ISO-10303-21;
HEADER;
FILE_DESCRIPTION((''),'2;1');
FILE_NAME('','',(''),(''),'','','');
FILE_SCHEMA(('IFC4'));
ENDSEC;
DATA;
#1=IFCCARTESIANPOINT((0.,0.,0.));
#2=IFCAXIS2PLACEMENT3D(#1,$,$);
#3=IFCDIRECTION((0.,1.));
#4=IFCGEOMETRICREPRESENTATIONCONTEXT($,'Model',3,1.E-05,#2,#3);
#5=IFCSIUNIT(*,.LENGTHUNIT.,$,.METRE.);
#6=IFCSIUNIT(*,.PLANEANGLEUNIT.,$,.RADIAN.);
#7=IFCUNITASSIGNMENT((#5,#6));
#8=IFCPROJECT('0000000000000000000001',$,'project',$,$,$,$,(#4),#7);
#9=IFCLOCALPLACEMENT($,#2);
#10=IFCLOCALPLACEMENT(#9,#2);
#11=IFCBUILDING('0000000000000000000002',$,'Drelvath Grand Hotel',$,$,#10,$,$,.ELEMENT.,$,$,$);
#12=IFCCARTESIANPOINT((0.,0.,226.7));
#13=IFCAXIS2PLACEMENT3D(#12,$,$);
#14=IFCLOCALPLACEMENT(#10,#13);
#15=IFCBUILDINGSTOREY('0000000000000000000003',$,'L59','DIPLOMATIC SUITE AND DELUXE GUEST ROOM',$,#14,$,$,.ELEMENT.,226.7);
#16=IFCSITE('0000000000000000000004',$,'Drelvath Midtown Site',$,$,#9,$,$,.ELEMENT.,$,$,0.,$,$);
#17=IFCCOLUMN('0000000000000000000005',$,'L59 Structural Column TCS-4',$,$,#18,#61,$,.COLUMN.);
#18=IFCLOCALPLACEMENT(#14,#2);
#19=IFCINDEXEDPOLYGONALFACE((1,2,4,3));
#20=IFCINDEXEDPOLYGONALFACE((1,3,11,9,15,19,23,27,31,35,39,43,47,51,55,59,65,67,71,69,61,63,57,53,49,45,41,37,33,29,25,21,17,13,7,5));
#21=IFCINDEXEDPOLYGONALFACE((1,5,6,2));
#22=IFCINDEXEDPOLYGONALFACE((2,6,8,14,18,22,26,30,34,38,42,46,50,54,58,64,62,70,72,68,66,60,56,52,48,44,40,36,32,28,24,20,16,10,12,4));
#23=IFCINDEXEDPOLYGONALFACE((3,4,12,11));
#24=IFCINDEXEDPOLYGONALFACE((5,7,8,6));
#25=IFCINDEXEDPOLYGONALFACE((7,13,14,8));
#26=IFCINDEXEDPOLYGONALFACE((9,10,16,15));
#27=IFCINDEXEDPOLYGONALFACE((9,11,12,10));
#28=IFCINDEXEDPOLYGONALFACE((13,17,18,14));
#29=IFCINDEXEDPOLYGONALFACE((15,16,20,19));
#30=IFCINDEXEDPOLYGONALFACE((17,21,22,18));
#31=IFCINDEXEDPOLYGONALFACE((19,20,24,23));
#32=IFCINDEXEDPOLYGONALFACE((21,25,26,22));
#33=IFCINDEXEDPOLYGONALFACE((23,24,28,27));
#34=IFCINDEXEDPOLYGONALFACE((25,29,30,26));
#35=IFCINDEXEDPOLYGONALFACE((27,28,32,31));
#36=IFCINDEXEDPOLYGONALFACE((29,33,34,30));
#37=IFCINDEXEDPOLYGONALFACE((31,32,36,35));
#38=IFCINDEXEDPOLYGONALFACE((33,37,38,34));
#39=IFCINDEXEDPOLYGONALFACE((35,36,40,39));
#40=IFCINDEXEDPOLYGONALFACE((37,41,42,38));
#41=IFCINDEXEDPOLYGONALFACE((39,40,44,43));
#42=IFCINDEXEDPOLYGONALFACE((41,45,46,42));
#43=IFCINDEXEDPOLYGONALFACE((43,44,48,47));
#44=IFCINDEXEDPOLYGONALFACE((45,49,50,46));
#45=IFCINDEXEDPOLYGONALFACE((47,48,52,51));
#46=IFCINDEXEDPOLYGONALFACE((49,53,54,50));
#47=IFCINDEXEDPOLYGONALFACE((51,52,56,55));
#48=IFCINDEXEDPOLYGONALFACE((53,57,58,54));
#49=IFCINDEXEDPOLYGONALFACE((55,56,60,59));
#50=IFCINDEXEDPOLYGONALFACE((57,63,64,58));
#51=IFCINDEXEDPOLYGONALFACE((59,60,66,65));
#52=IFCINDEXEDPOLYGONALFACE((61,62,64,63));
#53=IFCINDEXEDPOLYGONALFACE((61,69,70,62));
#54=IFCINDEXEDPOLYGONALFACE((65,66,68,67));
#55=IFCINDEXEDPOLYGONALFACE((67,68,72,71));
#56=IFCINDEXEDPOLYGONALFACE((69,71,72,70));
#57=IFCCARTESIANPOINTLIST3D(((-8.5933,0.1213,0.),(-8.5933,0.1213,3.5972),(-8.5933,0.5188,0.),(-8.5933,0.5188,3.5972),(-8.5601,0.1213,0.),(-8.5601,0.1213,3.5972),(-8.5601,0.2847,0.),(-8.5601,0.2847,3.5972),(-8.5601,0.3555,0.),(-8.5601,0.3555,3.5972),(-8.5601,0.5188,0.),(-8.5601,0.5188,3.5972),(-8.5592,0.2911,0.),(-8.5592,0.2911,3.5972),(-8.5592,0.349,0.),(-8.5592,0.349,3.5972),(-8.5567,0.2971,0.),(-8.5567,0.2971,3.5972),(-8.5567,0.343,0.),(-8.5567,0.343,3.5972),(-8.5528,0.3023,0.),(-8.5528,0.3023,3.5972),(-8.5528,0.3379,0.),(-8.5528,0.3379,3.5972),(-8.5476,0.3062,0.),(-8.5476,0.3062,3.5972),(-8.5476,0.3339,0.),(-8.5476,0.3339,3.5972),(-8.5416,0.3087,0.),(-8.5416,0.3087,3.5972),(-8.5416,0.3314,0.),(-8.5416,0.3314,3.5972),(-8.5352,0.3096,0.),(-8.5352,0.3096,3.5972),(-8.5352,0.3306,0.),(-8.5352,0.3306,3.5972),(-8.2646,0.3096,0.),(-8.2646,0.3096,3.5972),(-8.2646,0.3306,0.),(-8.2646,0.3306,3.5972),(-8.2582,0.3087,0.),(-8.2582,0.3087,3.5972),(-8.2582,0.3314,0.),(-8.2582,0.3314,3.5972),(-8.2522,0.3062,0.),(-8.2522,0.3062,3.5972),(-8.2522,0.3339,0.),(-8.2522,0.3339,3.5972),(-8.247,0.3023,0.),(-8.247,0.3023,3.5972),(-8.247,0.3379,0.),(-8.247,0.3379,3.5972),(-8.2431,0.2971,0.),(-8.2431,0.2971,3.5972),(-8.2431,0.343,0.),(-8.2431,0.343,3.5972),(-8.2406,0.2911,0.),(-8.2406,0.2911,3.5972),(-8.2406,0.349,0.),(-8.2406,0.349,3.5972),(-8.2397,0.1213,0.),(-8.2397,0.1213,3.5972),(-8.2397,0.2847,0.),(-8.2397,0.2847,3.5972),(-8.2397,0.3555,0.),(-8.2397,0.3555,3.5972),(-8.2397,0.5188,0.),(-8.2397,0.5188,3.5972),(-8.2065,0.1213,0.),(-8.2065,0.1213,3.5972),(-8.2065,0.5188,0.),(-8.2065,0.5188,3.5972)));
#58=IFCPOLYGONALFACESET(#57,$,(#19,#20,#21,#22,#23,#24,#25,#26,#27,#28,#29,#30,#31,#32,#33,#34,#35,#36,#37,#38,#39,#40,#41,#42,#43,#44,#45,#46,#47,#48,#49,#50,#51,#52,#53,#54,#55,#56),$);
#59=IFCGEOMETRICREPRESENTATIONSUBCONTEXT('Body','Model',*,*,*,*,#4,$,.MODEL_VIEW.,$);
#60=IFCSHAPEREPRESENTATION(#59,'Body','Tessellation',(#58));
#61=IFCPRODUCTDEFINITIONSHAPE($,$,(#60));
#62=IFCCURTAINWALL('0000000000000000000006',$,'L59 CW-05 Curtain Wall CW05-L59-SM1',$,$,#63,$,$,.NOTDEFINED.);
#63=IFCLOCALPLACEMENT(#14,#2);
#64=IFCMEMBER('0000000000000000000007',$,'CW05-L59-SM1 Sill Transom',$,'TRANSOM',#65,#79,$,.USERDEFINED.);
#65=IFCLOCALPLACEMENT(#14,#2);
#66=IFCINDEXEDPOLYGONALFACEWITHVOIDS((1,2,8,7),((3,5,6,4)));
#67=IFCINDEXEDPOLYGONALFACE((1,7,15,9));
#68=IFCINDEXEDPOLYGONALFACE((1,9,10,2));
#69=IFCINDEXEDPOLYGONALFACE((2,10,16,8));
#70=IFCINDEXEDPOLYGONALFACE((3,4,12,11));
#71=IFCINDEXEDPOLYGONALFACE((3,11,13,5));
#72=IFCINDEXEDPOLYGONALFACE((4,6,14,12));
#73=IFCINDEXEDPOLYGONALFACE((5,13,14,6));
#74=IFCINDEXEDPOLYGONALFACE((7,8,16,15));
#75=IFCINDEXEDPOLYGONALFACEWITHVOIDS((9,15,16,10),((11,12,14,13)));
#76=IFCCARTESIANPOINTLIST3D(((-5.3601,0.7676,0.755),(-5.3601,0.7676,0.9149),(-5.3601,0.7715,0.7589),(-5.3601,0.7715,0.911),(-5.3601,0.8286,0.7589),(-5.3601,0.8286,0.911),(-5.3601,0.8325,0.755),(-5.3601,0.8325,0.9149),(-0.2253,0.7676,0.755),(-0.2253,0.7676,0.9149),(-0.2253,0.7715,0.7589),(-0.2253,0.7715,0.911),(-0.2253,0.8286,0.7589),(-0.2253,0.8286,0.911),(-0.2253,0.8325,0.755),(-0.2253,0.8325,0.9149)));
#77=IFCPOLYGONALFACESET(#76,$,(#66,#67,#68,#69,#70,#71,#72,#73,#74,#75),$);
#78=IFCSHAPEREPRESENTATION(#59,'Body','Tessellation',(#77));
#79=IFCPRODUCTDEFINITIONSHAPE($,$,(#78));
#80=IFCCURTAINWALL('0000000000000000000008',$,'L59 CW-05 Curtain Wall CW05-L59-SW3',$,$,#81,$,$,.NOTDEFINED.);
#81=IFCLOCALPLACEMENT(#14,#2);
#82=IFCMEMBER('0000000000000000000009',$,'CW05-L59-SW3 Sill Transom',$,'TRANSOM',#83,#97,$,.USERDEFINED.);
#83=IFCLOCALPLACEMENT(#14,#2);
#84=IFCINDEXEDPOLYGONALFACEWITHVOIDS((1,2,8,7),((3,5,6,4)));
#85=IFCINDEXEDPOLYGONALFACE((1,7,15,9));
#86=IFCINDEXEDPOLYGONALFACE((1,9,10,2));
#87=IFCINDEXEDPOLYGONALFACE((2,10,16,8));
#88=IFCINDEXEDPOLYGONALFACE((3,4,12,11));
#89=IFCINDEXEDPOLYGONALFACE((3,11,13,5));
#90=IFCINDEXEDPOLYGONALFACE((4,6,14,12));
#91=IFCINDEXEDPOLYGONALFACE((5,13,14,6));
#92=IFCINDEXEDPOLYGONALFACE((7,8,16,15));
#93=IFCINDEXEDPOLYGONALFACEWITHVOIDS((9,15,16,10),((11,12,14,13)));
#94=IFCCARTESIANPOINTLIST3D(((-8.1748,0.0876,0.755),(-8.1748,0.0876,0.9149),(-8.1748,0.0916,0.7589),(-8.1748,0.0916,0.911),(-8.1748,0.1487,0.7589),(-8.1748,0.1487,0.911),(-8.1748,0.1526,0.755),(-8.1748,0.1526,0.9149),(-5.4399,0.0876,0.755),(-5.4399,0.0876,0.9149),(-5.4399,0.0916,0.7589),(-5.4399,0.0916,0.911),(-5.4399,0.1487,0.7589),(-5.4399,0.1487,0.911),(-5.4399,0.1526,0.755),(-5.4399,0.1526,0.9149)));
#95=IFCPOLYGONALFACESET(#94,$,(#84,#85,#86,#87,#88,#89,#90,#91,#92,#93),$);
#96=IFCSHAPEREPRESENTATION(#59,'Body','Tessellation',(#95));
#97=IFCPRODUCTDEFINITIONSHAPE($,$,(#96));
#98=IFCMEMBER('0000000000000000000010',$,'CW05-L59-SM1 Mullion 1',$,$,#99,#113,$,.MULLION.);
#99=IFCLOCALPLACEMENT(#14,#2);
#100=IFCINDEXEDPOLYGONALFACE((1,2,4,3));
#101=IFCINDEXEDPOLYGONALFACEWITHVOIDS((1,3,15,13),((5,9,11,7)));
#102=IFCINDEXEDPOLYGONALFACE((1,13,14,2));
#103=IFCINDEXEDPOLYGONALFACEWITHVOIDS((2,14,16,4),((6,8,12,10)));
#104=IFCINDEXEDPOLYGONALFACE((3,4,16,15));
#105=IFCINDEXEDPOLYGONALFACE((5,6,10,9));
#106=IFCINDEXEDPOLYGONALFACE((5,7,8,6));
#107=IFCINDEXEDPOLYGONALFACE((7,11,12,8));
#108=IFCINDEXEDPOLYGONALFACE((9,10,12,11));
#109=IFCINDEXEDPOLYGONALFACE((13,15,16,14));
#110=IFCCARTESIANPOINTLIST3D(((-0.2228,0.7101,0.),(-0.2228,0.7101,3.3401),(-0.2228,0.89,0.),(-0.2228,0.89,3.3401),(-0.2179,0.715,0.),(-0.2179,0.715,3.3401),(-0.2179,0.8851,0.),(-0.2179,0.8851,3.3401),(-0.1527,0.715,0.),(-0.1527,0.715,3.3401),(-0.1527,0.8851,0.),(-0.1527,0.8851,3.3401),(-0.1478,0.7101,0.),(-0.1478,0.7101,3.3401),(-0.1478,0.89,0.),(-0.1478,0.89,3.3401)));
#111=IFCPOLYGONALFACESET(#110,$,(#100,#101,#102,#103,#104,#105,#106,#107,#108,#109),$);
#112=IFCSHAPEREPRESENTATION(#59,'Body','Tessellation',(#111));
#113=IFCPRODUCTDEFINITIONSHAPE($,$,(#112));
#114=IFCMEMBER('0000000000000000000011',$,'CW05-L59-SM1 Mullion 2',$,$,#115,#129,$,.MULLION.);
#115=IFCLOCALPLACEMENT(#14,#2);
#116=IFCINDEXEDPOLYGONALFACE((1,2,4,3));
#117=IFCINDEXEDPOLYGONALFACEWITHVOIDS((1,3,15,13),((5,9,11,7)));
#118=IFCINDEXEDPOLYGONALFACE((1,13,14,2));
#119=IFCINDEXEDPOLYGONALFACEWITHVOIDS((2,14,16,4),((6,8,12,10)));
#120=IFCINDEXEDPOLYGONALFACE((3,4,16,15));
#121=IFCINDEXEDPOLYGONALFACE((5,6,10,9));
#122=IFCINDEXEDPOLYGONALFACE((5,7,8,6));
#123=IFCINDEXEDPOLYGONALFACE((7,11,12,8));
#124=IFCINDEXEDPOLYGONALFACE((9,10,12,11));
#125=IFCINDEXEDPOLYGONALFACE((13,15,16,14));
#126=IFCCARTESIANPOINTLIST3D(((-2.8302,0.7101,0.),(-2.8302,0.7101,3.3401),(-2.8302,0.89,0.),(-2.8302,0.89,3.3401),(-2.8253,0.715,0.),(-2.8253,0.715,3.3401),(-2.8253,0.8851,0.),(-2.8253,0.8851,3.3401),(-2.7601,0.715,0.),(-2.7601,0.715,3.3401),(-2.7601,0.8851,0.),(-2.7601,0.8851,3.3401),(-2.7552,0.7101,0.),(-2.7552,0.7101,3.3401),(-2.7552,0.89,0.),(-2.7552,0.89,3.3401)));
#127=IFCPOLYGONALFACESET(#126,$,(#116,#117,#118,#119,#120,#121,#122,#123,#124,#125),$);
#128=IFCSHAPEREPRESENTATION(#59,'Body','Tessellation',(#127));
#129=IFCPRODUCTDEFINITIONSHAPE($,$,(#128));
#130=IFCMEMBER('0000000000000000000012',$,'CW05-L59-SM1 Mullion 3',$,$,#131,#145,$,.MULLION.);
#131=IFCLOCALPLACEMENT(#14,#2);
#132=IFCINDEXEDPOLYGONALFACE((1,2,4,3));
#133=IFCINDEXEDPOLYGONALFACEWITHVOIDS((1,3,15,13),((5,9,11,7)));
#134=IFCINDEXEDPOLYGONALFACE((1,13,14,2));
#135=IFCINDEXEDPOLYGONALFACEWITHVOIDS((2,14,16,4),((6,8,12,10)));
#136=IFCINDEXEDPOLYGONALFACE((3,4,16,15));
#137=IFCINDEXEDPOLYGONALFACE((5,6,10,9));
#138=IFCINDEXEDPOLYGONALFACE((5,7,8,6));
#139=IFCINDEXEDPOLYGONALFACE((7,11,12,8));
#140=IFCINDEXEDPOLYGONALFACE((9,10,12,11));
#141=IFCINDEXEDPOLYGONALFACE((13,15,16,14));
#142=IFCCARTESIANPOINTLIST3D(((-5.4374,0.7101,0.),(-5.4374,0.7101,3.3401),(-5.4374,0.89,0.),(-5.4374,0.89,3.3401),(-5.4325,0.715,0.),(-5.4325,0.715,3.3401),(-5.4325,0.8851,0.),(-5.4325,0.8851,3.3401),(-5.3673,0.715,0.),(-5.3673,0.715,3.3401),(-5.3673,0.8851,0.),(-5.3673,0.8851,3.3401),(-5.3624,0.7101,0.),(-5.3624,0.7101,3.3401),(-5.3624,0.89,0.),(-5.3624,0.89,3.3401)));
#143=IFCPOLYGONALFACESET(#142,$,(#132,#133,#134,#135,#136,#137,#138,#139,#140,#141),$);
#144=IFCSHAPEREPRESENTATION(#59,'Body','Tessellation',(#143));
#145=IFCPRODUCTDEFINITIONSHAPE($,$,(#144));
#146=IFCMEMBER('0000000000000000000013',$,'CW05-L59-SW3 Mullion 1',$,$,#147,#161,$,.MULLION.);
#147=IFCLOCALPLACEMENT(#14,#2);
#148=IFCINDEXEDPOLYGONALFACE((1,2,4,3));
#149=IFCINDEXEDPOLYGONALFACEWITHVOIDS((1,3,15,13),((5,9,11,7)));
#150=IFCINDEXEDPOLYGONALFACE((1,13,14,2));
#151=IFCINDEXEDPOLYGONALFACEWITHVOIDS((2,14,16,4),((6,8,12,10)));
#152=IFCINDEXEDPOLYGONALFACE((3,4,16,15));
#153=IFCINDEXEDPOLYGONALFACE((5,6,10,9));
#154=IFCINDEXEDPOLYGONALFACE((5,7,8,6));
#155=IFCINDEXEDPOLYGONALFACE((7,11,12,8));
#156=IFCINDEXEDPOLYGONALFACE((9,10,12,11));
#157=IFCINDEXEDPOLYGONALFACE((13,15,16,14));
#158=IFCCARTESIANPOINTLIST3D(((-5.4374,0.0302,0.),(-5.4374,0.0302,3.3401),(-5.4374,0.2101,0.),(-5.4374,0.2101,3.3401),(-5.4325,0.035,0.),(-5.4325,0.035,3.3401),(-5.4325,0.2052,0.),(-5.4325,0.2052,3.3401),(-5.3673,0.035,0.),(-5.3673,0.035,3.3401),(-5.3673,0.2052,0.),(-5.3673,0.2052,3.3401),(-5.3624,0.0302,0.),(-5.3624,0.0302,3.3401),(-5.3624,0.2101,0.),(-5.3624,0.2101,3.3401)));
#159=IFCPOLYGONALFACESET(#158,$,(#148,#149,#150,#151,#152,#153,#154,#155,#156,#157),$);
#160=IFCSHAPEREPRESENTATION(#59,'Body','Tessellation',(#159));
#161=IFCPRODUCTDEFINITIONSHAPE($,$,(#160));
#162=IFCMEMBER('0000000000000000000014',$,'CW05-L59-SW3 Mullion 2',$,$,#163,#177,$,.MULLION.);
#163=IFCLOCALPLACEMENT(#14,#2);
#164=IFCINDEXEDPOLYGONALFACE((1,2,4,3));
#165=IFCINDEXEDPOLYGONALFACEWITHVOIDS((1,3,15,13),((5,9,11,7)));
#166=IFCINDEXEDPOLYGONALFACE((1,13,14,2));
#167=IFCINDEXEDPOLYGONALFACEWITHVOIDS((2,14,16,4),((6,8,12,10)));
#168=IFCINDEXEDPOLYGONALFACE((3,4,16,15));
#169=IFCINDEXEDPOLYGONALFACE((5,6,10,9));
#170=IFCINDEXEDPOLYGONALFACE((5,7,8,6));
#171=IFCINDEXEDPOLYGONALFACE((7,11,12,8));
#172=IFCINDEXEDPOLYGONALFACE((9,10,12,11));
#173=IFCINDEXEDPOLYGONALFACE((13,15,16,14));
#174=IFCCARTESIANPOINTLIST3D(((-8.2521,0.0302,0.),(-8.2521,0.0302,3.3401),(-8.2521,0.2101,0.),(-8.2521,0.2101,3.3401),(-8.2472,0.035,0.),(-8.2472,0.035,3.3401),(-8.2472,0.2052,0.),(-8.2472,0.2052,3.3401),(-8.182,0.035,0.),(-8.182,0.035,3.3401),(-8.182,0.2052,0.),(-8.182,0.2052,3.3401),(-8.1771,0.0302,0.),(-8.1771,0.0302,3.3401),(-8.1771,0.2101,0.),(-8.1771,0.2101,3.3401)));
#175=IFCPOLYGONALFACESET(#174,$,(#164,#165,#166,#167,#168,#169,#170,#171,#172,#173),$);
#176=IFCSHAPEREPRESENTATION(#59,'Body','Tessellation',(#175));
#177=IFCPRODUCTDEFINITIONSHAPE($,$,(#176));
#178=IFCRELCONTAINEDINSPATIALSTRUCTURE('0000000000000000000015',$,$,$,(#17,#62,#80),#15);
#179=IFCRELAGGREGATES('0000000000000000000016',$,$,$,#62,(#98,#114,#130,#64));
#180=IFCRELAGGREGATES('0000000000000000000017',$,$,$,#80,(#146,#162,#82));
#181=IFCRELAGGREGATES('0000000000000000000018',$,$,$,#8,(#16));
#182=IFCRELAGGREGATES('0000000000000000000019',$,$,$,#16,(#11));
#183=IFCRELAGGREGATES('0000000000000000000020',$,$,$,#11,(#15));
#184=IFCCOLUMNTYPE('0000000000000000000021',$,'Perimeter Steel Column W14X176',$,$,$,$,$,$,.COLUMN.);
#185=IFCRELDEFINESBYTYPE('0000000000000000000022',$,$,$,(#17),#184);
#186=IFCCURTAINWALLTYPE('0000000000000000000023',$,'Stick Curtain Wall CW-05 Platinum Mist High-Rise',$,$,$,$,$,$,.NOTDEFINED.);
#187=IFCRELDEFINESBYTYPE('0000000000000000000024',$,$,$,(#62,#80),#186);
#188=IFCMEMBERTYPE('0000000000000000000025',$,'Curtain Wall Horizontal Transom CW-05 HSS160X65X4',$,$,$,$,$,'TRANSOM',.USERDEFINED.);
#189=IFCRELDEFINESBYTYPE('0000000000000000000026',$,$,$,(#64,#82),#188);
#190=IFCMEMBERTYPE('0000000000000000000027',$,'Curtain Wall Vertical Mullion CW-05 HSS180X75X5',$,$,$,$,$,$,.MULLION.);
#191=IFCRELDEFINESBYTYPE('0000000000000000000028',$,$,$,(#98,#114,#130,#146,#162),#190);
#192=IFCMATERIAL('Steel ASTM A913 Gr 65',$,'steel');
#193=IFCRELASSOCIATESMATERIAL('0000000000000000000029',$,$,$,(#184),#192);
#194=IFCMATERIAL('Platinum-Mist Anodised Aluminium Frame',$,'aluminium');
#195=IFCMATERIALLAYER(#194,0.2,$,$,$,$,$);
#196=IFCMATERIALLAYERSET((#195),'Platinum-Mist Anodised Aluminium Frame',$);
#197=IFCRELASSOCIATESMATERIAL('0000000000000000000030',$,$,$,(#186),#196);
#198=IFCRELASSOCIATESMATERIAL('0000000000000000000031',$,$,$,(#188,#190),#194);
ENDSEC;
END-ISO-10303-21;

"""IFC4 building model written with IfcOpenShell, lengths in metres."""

from ifc_helpers import new_model, si_unit, direction, frame, origin, origin_2d, place, context, subcontext, project, spatial, hollow_rectangle, i_section, extrude, material, layer, layer_set, material_profile, profile_set, type_object, element, aggregate, save


model = new_model("IFC4")

# Units and contexts
model_context = context("Model", 3, precision=1e-05, world=origin(), true_north=direction((0.0, 1.0)))
body_context = subcontext(model_context, "Body", "Model", "MODEL_VIEW")
ifc_project = project(units=[si_unit("LENGTHUNIT", "METRE"), si_unit("PLANEANGLEUNIT", "RADIAN")], contexts=[model_context])

# Site, building, storey
site_placement = place(None, origin())
site = spatial("IfcSite", under=ifc_project, at=site_placement, Name="Drelvath Midtown Site", CompositionType="ELEMENT", RefElevation=0.0)
building_placement = place(site_placement, origin())
building = spatial("IfcBuilding", under=site, at=building_placement, Name="Drelvath Grand Hotel", CompositionType="ELEMENT")
storey_placement = place(building_placement, frame((0.0, 0.0, 226.7)))
storey = spatial("IfcBuildingStorey", under=building, at=storey_placement, Name="L59", Description="DIPLOMATIC SUITE AND DELUXE GUEST ROOM", CompositionType="ELEMENT", Elevation=226.7)

# Column
ifc_material_1 = material(Name="Steel ASTM A913 Gr 65", Category="steel")
ifc_material_profile_1 = material_profile(ifc_material_1, i_section(OverallWidth=0.3975, OverallDepth=0.3867, WebThickness=0.021, FlangeThickness=0.0332, FilletRadius=0.0249, at=origin_2d()), Name="W14X176")
ifc_profile_set_1 = profile_set([ifc_material_profile_1], Name="Steel ASTM A913 Gr 65")
column_type = type_object("IfcColumnType", Name="Perimeter Steel Column W14X176", PredefinedType="COLUMN", material=ifc_profile_set_1)
column_placement = place(storey_placement, frame((-8.3999, 0.3201, 0.0), z_axis=(0.0, 0.0, 1.0), x_axis=(0.0, 1.0, 0.0)))
element("IfcColumn", 1, at=column_placement, inside=storey, type_object=column_type, Name="L59 Structural Column TCS-4", PredefinedType="COLUMN", context=body_context, shape_type="SweptSolid", body=[
    extrude(i_section(OverallWidth=0.3975, OverallDepth=0.3867, WebThickness=0.021, FlangeThickness=0.0332, FilletRadius=0.0249, at=origin_2d()), origin(), (0.0, 0.0, 1.0), 3.5972),
])

# Curtain walls, members
ifc_material_2 = material(Name="Platinum-Mist Anodised Aluminium Frame", Category="aluminium")
ifc_layer_1 = layer(ifc_material_2, 0.2)
ifc_layer_set_1 = layer_set([ifc_layer_1], Name="Platinum-Mist Anodised Aluminium Frame")
curtain_wall_type = type_object("IfcCurtainWallType", Name="Stick Curtain Wall CW-05 Platinum Mist High-Rise", PredefinedType="NOTDEFINED", material=ifc_layer_set_1)
curtain_wall_1_placement = place(storey_placement, origin())
curtain_wall_1 = element("IfcCurtainWall", 2, at=curtain_wall_1_placement, inside=storey, type_object=curtain_wall_type, Name="L59 CW-05 Curtain Wall CW05-L59-SM1", PredefinedType="NOTDEFINED")
ifc_material_profile_2 = material_profile(ifc_material_2, hollow_rectangle(XDim=0.0649, YDim=0.1599, WallThickness=0.0039, at=origin_2d()), Name="HSS160X65X4")
ifc_profile_set_2 = profile_set([ifc_material_profile_2], Name="Platinum-Mist Anodised Aluminium Frame")
member_type_1 = type_object("IfcMemberType", Name="Curtain Wall Horizontal Transom CW-05 HSS160X65X4", ElementType="TRANSOM", PredefinedType="USERDEFINED", material=ifc_profile_set_2)
member_1_placement = place(storey_placement, frame((-0.2253, 0.8, 0.835), z_axis=(-1.0, 0.0, 0.0), x_axis=(0.0, -1.0, 0.0)))
member_1 = element("IfcMember", 3, at=member_1_placement, type_object=member_type_1, Name="CW05-L59-SM1 Sill Transom", ObjectType="TRANSOM", PredefinedType="USERDEFINED", context=body_context, shape_type="SweptSolid", body=[
    extrude(hollow_rectangle(XDim=0.0649, YDim=0.1599, WallThickness=0.0039, at=origin_2d()), origin(), (0.0, 0.0, 1.0), 5.1348),
])
curtain_wall_2_placement = place(storey_placement, origin())
curtain_wall_2 = element("IfcCurtainWall", 4, at=curtain_wall_2_placement, inside=storey, type_object=curtain_wall_type, Name="L59 CW-05 Curtain Wall CW05-L59-SW3", PredefinedType="NOTDEFINED")
member_2_placement = place(storey_placement, frame((-5.4399, 0.1201, 0.835), z_axis=(-1.0, 0.0, 0.0), x_axis=(0.0, -1.0, 0.0)))
member_2 = element("IfcMember", 5, at=member_2_placement, type_object=member_type_1, Name="CW05-L59-SW3 Sill Transom", ObjectType="TRANSOM", PredefinedType="USERDEFINED", context=body_context, shape_type="SweptSolid", body=[
    extrude(hollow_rectangle(XDim=0.0649, YDim=0.1599, WallThickness=0.0039, at=origin_2d()), origin(), (0.0, 0.0, 1.0), 2.7349),
])

# Members
ifc_material_profile_3 = material_profile(ifc_material_2, hollow_rectangle(XDim=0.075, YDim=0.1799, WallThickness=0.0049, at=origin_2d()), Name="HSS180X75X5")
ifc_profile_set_3 = profile_set([ifc_material_profile_3], Name="Platinum-Mist Anodised Aluminium Frame")
member_type_2 = type_object("IfcMemberType", Name="Curtain Wall Vertical Mullion CW-05 HSS180X75X5", PredefinedType="MULLION", material=ifc_profile_set_3)
member_3_placement = place(storey_placement, frame((-0.1853, 0.8, 0.0), z_axis=(0.0, 0.0, 1.0), x_axis=(1.0, 0.0, 0.0)))
member_3 = element("IfcMember", 6, at=member_3_placement, type_object=member_type_2, Name="CW05-L59-SM1 Mullion 1", PredefinedType="MULLION", context=body_context, shape_type="SweptSolid", body=[
    extrude(hollow_rectangle(XDim=0.075, YDim=0.1799, WallThickness=0.0049, at=origin_2d()), origin(), (0.0, 0.0, 1.0), 3.3401),
])
member_4_placement = place(storey_placement, frame((-2.7927, 0.8, 0.0), z_axis=(0.0, 0.0, 1.0), x_axis=(1.0, 0.0, 0.0)))
member_4 = element("IfcMember", 7, at=member_4_placement, type_object=member_type_2, Name="CW05-L59-SM1 Mullion 2", PredefinedType="MULLION", context=body_context, shape_type="SweptSolid", body=[
    extrude(hollow_rectangle(XDim=0.075, YDim=0.1799, WallThickness=0.0049, at=origin_2d()), origin(), (0.0, 0.0, 1.0), 3.3401),
])
member_5_placement = place(storey_placement, frame((-5.3999, 0.8, 0.0), z_axis=(0.0, 0.0, 1.0), x_axis=(1.0, 0.0, 0.0)))
member_5 = element("IfcMember", 8, at=member_5_placement, type_object=member_type_2, Name="CW05-L59-SM1 Mullion 3", PredefinedType="MULLION", context=body_context, shape_type="SweptSolid", body=[
    extrude(hollow_rectangle(XDim=0.075, YDim=0.1799, WallThickness=0.0049, at=origin_2d()), origin(), (0.0, 0.0, 1.0), 3.3401),
])
member_6_placement = place(storey_placement, frame((-5.3999, 0.1201, 0.0), z_axis=(0.0, 0.0, 1.0), x_axis=(1.0, 0.0, 0.0)))
member_6 = element("IfcMember", 9, at=member_6_placement, type_object=member_type_2, Name="CW05-L59-SW3 Mullion 1", PredefinedType="MULLION", context=body_context, shape_type="SweptSolid", body=[
    extrude(hollow_rectangle(XDim=0.075, YDim=0.1799, WallThickness=0.0049, at=origin_2d()), origin(), (0.0, 0.0, 1.0), 3.3401),
])
member_7_placement = place(storey_placement, frame((-8.2146, 0.1201, 0.0), z_axis=(0.0, 0.0, 1.0), x_axis=(1.0, 0.0, 0.0)))
member_7 = element("IfcMember", 10, at=member_7_placement, type_object=member_type_2, Name="CW05-L59-SW3 Mullion 2", PredefinedType="MULLION", context=body_context, shape_type="SweptSolid", body=[
    extrude(hollow_rectangle(XDim=0.075, YDim=0.1799, WallThickness=0.0049, at=origin_2d()), origin(), (0.0, 0.0, 1.0), 3.3401),
])

aggregate(curtain_wall_1, [member_3, member_4, member_5, member_1])
aggregate(curtain_wall_2, [member_6, member_7, member_2])

save(model, "model.ifc")
